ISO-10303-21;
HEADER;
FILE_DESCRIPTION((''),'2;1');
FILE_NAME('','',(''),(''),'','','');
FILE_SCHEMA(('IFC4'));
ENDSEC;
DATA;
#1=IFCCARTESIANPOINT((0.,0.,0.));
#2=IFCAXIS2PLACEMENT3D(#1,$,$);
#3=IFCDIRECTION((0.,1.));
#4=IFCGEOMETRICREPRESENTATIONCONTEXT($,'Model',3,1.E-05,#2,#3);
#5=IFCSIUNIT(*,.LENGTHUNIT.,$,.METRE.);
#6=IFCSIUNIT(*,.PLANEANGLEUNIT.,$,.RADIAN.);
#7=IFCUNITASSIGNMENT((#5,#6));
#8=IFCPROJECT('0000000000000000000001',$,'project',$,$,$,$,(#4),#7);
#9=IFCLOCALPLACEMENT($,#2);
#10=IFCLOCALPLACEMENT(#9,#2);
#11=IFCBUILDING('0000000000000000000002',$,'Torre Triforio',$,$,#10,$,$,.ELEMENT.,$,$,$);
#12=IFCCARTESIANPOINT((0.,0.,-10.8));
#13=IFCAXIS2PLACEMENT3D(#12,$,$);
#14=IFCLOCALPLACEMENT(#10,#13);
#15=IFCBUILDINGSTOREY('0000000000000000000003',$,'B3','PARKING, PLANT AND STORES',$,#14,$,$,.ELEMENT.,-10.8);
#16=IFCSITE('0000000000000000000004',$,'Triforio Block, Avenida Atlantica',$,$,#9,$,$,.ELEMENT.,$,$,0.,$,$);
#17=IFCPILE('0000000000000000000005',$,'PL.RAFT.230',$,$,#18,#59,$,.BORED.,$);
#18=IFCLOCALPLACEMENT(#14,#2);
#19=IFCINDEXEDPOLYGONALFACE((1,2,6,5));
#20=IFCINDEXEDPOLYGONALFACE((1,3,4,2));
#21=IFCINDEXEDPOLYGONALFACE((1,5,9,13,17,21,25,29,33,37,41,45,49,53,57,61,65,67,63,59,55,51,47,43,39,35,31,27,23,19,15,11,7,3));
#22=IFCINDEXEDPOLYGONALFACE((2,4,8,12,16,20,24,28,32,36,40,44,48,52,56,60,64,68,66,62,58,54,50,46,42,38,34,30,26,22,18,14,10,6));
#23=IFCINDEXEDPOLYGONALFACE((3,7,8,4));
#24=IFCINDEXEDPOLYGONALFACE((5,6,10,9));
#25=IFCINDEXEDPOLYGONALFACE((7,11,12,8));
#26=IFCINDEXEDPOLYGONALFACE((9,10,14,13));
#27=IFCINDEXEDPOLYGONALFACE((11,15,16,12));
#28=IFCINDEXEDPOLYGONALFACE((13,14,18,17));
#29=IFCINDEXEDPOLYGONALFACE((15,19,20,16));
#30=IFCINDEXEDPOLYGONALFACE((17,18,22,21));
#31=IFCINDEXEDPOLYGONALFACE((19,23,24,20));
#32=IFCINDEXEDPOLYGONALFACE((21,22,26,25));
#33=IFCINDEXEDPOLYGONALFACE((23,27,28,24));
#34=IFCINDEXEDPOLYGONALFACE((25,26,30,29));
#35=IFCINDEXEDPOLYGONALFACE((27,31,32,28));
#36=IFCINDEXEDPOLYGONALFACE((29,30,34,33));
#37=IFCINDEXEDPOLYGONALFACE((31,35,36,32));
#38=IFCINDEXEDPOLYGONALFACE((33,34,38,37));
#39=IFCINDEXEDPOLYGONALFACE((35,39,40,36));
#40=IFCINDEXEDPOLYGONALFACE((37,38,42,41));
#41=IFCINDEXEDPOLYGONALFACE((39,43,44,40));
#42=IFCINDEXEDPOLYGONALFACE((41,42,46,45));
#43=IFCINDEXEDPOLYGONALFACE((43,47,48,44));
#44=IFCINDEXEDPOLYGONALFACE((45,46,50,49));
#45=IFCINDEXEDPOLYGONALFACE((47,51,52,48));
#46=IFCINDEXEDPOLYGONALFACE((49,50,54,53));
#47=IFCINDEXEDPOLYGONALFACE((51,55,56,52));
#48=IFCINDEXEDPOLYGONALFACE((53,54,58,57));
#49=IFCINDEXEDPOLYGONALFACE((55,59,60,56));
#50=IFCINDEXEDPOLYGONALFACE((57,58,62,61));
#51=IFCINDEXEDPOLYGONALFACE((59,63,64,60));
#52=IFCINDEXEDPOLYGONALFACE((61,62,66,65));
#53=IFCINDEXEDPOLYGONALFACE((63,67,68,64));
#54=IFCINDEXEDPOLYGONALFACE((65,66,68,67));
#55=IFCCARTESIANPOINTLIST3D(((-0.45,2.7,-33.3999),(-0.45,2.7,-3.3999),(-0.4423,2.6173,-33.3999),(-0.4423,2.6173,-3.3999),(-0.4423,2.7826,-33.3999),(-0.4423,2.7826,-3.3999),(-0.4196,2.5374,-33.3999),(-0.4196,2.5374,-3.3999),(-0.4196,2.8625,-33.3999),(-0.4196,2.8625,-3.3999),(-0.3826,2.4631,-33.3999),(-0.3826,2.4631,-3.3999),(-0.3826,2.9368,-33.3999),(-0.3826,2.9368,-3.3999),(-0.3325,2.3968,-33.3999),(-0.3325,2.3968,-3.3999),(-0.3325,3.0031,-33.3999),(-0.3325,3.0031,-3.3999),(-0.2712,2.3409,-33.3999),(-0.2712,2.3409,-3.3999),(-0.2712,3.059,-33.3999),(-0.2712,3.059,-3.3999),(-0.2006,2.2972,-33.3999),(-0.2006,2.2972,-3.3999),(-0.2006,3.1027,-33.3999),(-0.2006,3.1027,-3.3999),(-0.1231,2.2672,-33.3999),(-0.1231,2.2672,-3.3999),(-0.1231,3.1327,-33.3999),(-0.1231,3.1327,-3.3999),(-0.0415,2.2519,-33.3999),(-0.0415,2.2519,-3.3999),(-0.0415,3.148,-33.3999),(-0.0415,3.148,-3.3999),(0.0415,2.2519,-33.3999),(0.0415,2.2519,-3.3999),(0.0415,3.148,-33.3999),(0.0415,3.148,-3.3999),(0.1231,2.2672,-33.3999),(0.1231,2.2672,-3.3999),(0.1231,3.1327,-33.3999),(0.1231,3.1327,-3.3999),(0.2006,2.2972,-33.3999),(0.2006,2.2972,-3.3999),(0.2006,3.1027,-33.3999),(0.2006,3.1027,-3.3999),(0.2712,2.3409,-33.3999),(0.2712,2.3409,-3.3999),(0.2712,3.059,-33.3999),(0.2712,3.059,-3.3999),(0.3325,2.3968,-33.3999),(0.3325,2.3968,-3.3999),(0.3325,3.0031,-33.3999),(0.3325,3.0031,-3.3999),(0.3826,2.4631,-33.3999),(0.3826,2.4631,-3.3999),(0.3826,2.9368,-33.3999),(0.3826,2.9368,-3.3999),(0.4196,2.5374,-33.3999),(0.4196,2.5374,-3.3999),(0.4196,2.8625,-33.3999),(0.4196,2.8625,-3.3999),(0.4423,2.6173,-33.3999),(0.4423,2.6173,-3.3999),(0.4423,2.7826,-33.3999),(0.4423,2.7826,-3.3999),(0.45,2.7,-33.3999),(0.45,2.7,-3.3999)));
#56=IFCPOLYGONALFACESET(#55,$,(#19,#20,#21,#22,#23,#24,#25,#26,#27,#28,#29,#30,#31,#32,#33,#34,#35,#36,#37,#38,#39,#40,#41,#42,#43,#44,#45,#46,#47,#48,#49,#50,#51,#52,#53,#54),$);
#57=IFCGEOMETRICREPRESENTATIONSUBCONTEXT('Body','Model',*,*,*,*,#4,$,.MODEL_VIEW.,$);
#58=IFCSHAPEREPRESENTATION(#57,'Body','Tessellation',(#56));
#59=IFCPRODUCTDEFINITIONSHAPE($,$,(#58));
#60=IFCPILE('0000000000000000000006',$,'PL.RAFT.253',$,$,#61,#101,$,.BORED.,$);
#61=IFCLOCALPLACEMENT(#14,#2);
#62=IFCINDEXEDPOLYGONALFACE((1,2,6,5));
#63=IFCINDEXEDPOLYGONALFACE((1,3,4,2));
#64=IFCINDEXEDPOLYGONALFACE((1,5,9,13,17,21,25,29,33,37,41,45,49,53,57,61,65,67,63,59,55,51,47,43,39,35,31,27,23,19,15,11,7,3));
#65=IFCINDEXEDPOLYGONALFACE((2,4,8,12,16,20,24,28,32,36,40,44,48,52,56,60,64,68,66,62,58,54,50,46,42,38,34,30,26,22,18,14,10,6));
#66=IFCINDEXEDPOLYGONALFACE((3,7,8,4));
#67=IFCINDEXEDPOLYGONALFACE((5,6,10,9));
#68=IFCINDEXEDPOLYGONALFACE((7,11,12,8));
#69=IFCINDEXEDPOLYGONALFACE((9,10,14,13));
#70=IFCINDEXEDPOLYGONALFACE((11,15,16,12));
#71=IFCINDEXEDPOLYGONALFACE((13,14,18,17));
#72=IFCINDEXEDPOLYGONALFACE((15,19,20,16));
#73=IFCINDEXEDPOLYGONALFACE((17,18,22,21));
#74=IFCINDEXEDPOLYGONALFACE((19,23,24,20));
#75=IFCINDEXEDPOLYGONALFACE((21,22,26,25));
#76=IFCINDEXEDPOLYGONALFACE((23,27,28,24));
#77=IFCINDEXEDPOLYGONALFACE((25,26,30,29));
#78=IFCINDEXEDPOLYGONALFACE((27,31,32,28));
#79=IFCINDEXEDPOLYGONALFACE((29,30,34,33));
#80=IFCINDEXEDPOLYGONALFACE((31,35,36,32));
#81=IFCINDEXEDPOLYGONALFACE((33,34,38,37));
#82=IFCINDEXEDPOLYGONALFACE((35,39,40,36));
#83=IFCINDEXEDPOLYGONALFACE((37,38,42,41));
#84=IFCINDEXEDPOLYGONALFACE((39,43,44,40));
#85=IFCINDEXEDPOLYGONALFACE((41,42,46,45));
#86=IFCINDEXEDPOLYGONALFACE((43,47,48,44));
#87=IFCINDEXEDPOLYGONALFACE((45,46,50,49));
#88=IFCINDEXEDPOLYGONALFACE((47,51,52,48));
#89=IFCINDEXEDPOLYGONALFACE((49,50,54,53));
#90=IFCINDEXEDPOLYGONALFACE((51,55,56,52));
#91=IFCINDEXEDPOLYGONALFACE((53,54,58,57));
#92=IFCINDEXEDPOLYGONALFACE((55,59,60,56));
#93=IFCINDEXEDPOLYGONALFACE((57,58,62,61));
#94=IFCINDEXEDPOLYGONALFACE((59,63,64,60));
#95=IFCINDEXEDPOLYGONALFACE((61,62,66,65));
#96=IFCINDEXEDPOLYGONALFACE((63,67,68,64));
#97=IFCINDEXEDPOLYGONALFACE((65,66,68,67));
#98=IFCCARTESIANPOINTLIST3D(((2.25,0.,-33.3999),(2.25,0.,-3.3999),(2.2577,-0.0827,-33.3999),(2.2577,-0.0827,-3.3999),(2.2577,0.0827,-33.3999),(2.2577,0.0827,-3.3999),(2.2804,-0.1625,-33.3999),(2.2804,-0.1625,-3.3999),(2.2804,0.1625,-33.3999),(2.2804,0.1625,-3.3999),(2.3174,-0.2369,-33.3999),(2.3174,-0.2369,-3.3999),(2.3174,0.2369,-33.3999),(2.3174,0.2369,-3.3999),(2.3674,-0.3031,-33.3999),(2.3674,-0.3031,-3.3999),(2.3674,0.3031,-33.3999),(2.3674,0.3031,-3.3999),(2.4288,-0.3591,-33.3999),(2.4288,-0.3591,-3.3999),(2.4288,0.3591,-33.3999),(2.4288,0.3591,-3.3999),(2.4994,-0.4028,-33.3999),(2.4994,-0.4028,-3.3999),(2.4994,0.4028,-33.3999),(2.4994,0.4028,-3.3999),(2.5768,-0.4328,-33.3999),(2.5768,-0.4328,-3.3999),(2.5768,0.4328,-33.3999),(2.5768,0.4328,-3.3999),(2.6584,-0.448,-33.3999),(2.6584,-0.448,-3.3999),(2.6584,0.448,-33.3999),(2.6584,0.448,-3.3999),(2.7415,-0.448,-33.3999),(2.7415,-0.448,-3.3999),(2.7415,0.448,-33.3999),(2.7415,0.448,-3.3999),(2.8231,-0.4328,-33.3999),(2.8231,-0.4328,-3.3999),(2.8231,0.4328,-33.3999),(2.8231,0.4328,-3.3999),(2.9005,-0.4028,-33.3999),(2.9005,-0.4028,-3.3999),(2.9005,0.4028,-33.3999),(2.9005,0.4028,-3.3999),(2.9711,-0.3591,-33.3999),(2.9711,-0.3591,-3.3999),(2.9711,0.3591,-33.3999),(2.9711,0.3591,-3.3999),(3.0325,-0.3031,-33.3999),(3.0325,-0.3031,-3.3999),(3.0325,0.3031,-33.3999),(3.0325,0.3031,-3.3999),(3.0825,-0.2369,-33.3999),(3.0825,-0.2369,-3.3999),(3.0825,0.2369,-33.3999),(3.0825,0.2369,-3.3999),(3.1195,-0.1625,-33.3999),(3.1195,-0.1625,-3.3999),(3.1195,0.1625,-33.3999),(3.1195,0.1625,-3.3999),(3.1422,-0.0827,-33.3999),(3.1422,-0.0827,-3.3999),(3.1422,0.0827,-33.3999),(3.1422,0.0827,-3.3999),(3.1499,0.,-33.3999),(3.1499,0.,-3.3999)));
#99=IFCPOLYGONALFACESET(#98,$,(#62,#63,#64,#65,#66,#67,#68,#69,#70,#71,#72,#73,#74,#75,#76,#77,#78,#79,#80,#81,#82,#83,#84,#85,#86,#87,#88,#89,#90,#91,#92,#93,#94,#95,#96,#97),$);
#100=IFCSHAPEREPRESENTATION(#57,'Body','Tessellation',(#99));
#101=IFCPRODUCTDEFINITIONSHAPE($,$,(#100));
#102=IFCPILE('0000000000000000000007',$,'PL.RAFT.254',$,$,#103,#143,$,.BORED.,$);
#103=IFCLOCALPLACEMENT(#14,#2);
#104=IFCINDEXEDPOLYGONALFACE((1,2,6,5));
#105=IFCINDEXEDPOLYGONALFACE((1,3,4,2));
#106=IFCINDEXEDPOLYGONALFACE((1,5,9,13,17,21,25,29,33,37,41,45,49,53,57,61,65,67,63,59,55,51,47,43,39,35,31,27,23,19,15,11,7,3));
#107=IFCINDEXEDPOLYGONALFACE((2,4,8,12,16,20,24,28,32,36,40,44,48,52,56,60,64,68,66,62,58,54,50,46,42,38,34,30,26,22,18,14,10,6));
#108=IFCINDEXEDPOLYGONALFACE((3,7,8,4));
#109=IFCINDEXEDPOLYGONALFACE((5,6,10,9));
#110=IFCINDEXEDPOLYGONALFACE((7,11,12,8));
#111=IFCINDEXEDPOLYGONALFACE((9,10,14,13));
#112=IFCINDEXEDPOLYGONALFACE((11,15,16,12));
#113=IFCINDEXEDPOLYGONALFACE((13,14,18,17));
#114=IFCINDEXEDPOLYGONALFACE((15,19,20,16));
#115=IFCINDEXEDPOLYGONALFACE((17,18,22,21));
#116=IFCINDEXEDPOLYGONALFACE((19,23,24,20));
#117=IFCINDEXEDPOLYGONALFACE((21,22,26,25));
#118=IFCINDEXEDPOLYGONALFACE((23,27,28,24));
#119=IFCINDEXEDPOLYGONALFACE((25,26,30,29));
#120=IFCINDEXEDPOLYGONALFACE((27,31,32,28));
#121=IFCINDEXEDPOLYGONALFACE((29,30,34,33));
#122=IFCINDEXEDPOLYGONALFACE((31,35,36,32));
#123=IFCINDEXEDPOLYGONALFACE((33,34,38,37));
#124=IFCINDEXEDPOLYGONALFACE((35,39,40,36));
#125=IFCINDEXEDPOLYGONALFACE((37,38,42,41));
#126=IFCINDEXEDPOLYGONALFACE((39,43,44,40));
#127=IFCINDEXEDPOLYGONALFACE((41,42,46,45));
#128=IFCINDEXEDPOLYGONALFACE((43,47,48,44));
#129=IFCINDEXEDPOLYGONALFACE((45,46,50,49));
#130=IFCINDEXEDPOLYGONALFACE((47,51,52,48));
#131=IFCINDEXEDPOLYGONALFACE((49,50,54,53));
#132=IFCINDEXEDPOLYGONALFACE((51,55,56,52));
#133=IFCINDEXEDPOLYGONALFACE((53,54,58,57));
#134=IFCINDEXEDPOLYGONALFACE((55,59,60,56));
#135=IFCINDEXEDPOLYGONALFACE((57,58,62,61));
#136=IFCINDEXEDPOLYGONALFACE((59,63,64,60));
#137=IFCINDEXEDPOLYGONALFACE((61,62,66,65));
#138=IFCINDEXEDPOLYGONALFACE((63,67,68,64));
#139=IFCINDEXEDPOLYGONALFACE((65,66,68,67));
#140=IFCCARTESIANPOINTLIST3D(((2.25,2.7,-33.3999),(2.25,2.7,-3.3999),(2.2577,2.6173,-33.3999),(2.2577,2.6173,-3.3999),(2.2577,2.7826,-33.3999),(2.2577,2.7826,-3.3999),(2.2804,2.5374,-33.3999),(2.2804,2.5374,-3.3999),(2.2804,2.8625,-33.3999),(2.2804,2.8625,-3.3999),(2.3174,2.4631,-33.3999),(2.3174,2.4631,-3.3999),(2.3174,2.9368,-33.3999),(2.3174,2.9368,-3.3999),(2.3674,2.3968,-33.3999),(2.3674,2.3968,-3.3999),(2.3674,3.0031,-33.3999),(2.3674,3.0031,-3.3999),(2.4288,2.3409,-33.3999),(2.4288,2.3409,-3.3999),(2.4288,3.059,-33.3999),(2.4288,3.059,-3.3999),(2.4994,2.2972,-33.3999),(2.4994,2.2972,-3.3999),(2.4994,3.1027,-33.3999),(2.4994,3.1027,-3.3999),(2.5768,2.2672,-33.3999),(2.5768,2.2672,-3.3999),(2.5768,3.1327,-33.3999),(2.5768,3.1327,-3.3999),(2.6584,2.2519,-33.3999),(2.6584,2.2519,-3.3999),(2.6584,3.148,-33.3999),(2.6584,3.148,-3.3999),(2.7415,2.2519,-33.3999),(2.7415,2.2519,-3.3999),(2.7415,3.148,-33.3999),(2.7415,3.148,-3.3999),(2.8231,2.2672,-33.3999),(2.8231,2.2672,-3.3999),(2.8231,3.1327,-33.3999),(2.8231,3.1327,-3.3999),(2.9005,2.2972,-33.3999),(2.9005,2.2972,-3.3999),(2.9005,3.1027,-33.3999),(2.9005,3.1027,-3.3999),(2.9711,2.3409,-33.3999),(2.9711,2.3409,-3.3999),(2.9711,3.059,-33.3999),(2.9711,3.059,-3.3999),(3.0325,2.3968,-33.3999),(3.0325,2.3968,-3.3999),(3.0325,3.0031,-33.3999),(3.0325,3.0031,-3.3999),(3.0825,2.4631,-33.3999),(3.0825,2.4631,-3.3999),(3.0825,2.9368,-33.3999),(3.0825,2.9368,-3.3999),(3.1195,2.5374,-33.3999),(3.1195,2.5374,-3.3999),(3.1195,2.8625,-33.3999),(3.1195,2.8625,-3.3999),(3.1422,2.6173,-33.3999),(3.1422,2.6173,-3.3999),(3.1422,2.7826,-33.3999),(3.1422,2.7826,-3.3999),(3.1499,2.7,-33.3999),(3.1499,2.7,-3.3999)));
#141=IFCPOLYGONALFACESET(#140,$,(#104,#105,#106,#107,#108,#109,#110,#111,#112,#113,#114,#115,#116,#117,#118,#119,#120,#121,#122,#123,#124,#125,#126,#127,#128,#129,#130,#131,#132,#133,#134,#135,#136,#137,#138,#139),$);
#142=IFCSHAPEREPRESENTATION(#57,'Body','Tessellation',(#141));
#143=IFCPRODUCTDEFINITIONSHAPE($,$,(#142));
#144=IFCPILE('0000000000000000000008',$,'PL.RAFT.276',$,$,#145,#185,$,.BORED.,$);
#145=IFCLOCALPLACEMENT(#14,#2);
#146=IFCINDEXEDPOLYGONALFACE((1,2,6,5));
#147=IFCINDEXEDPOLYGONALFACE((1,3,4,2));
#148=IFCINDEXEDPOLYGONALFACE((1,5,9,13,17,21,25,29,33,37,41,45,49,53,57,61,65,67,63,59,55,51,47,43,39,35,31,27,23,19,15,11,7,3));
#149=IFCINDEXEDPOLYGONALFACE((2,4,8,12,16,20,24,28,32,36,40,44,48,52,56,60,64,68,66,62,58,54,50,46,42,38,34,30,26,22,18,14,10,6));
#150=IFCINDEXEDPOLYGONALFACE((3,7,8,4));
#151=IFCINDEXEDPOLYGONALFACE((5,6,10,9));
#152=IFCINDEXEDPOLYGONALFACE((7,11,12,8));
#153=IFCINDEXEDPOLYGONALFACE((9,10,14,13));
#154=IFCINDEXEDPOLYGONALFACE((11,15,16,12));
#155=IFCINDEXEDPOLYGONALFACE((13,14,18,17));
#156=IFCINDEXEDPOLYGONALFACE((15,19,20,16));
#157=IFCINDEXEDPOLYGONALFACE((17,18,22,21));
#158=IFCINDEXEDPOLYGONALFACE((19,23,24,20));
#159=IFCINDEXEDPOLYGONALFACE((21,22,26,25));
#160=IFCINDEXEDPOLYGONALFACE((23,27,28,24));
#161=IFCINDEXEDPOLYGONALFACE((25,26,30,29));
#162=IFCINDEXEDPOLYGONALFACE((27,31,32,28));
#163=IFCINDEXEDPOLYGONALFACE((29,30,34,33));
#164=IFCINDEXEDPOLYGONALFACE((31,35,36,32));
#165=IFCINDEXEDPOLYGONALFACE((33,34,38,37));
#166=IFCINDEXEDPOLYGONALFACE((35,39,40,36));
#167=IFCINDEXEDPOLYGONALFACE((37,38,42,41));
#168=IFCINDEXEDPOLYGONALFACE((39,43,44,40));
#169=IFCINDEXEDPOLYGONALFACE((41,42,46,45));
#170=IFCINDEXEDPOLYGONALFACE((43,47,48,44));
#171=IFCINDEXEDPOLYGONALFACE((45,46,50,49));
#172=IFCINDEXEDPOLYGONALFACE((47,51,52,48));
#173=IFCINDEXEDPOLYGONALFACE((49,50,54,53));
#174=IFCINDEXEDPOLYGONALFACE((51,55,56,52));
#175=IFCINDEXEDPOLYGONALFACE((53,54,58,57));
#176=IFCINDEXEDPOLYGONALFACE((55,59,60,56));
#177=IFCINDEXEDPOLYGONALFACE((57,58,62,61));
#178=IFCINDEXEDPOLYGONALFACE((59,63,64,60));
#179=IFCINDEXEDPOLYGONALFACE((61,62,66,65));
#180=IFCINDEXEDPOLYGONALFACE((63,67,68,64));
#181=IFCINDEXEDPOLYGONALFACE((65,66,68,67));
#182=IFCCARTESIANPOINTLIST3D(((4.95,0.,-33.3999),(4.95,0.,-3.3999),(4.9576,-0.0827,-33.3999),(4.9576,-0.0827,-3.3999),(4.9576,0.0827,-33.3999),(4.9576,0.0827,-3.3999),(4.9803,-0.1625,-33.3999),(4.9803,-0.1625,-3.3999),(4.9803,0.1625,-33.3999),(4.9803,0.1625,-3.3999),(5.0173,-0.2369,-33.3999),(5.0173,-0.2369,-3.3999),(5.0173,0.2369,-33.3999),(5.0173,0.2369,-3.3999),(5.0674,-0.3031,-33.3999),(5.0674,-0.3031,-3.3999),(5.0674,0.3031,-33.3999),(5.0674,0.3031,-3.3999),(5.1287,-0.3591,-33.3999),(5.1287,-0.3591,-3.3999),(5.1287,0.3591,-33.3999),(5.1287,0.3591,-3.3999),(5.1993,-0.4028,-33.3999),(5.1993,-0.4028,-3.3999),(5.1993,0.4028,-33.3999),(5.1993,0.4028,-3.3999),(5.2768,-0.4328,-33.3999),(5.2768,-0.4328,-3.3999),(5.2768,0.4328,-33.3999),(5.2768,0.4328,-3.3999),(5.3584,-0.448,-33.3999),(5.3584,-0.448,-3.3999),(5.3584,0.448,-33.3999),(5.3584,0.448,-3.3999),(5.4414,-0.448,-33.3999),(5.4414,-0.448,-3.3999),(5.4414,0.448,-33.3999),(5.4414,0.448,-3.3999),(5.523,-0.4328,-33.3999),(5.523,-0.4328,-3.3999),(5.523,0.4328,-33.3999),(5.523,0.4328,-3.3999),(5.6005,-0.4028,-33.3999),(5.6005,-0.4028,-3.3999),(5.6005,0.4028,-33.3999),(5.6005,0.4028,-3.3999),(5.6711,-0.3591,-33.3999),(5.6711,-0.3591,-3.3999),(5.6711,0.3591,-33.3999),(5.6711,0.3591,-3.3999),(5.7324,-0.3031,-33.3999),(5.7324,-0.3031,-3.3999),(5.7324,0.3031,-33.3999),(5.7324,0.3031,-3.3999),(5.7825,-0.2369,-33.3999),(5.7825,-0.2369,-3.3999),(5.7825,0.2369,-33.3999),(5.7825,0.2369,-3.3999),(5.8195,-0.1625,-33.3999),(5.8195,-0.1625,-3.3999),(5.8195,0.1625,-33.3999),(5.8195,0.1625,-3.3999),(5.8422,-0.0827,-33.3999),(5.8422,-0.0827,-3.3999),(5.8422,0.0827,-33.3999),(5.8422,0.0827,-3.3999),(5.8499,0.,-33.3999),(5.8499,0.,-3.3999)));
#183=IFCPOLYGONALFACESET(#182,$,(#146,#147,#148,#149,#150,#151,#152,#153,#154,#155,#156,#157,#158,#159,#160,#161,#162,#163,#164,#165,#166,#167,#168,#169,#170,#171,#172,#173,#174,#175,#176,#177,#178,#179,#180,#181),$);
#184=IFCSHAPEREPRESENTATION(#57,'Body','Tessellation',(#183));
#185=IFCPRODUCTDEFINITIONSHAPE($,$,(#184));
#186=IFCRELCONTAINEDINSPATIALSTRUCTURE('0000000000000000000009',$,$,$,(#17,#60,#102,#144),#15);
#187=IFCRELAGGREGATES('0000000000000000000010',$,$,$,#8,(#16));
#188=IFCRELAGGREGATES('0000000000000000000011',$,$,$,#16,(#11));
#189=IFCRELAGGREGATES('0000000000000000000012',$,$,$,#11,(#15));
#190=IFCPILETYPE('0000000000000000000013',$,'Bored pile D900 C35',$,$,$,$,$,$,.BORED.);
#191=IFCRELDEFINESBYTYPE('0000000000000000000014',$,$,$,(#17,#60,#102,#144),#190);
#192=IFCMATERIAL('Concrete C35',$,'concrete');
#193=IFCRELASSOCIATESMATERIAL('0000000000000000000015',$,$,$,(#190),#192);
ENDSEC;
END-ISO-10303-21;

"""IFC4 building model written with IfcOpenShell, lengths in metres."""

from ifc_helpers import new_model, si_unit, direction, frame, origin, origin_2d, place, context, subcontext, project, spatial, circle, extrude, material, material_profile, profile_set, type_object, element, save


model = new_model("IFC4")

# Units and contexts
model_context = context("Model", 3, precision=1e-05, world=origin(), true_north=direction((0.0, 1.0)))
body_context = subcontext(model_context, "Body", "Model", "MODEL_VIEW")
ifc_project = project(units=[si_unit("LENGTHUNIT", "METRE"), si_unit("PLANEANGLEUNIT", "RADIAN")], contexts=[model_context])

# Site, building, storey
site_placement = place(None, origin())
site = spatial("IfcSite", under=ifc_project, at=site_placement, Name="Triforio Block, Avenida Atlantica", CompositionType="ELEMENT", RefElevation=0.0)
building_placement = place(site_placement, origin())
building = spatial("IfcBuilding", under=site, at=building_placement, Name="Torre Triforio", CompositionType="ELEMENT")
storey_placement = place(building_placement, frame((0.0, 0.0, -10.8)))
storey = spatial("IfcBuildingStorey", under=building, at=storey_placement, Name="B3", Description="PARKING, PLANT AND STORES", CompositionType="ELEMENT", Elevation=-10.8)

# Piles
ifc_material_1 = material(Name="Concrete C35", Category="concrete")
ifc_material_profile = material_profile(ifc_material_1, circle(Radius=0.45, at=origin_2d()), Name="RC D900")
ifc_profile_set = profile_set([ifc_material_profile], Name="Concrete C35")
pile_type = type_object("IfcPileType", Name="Bored pile D900 C35", PredefinedType="BORED", material=ifc_profile_set)
for number, where, z_axis, x_axis, name in (
    (1, (0.0, 2.7, -3.3999), (0.0, 0.0, -1.0), (1.0, 0.0, 0.0), "PL.RAFT.230"),
    (2, (2.7, 0.0, -3.3999), (0.0, 0.0, -1.0), (1.0, 0.0, 0.0), "PL.RAFT.253"),
    (3, (2.7, 2.7, -3.3999), (0.0, 0.0, -1.0), (1.0, 0.0, 0.0), "PL.RAFT.254"),
    (4, (5.3999, 0.0, -3.3999), (0.0, 0.0, -1.0), (1.0, 0.0, 0.0), "PL.RAFT.276"),
):
    element("IfcPile", number, at=place(storey_placement, frame(where, z_axis=z_axis, x_axis=x_axis)), inside=storey, type_object=pile_type, Name=name, PredefinedType="BORED", context=body_context, shape_type="SweptSolid", body=[
        extrude(circle(Radius=0.45, at=origin_2d()), origin(), (0.0, 0.0, 1.0), 30.0),
    ])

save(model, "model.ifc")
